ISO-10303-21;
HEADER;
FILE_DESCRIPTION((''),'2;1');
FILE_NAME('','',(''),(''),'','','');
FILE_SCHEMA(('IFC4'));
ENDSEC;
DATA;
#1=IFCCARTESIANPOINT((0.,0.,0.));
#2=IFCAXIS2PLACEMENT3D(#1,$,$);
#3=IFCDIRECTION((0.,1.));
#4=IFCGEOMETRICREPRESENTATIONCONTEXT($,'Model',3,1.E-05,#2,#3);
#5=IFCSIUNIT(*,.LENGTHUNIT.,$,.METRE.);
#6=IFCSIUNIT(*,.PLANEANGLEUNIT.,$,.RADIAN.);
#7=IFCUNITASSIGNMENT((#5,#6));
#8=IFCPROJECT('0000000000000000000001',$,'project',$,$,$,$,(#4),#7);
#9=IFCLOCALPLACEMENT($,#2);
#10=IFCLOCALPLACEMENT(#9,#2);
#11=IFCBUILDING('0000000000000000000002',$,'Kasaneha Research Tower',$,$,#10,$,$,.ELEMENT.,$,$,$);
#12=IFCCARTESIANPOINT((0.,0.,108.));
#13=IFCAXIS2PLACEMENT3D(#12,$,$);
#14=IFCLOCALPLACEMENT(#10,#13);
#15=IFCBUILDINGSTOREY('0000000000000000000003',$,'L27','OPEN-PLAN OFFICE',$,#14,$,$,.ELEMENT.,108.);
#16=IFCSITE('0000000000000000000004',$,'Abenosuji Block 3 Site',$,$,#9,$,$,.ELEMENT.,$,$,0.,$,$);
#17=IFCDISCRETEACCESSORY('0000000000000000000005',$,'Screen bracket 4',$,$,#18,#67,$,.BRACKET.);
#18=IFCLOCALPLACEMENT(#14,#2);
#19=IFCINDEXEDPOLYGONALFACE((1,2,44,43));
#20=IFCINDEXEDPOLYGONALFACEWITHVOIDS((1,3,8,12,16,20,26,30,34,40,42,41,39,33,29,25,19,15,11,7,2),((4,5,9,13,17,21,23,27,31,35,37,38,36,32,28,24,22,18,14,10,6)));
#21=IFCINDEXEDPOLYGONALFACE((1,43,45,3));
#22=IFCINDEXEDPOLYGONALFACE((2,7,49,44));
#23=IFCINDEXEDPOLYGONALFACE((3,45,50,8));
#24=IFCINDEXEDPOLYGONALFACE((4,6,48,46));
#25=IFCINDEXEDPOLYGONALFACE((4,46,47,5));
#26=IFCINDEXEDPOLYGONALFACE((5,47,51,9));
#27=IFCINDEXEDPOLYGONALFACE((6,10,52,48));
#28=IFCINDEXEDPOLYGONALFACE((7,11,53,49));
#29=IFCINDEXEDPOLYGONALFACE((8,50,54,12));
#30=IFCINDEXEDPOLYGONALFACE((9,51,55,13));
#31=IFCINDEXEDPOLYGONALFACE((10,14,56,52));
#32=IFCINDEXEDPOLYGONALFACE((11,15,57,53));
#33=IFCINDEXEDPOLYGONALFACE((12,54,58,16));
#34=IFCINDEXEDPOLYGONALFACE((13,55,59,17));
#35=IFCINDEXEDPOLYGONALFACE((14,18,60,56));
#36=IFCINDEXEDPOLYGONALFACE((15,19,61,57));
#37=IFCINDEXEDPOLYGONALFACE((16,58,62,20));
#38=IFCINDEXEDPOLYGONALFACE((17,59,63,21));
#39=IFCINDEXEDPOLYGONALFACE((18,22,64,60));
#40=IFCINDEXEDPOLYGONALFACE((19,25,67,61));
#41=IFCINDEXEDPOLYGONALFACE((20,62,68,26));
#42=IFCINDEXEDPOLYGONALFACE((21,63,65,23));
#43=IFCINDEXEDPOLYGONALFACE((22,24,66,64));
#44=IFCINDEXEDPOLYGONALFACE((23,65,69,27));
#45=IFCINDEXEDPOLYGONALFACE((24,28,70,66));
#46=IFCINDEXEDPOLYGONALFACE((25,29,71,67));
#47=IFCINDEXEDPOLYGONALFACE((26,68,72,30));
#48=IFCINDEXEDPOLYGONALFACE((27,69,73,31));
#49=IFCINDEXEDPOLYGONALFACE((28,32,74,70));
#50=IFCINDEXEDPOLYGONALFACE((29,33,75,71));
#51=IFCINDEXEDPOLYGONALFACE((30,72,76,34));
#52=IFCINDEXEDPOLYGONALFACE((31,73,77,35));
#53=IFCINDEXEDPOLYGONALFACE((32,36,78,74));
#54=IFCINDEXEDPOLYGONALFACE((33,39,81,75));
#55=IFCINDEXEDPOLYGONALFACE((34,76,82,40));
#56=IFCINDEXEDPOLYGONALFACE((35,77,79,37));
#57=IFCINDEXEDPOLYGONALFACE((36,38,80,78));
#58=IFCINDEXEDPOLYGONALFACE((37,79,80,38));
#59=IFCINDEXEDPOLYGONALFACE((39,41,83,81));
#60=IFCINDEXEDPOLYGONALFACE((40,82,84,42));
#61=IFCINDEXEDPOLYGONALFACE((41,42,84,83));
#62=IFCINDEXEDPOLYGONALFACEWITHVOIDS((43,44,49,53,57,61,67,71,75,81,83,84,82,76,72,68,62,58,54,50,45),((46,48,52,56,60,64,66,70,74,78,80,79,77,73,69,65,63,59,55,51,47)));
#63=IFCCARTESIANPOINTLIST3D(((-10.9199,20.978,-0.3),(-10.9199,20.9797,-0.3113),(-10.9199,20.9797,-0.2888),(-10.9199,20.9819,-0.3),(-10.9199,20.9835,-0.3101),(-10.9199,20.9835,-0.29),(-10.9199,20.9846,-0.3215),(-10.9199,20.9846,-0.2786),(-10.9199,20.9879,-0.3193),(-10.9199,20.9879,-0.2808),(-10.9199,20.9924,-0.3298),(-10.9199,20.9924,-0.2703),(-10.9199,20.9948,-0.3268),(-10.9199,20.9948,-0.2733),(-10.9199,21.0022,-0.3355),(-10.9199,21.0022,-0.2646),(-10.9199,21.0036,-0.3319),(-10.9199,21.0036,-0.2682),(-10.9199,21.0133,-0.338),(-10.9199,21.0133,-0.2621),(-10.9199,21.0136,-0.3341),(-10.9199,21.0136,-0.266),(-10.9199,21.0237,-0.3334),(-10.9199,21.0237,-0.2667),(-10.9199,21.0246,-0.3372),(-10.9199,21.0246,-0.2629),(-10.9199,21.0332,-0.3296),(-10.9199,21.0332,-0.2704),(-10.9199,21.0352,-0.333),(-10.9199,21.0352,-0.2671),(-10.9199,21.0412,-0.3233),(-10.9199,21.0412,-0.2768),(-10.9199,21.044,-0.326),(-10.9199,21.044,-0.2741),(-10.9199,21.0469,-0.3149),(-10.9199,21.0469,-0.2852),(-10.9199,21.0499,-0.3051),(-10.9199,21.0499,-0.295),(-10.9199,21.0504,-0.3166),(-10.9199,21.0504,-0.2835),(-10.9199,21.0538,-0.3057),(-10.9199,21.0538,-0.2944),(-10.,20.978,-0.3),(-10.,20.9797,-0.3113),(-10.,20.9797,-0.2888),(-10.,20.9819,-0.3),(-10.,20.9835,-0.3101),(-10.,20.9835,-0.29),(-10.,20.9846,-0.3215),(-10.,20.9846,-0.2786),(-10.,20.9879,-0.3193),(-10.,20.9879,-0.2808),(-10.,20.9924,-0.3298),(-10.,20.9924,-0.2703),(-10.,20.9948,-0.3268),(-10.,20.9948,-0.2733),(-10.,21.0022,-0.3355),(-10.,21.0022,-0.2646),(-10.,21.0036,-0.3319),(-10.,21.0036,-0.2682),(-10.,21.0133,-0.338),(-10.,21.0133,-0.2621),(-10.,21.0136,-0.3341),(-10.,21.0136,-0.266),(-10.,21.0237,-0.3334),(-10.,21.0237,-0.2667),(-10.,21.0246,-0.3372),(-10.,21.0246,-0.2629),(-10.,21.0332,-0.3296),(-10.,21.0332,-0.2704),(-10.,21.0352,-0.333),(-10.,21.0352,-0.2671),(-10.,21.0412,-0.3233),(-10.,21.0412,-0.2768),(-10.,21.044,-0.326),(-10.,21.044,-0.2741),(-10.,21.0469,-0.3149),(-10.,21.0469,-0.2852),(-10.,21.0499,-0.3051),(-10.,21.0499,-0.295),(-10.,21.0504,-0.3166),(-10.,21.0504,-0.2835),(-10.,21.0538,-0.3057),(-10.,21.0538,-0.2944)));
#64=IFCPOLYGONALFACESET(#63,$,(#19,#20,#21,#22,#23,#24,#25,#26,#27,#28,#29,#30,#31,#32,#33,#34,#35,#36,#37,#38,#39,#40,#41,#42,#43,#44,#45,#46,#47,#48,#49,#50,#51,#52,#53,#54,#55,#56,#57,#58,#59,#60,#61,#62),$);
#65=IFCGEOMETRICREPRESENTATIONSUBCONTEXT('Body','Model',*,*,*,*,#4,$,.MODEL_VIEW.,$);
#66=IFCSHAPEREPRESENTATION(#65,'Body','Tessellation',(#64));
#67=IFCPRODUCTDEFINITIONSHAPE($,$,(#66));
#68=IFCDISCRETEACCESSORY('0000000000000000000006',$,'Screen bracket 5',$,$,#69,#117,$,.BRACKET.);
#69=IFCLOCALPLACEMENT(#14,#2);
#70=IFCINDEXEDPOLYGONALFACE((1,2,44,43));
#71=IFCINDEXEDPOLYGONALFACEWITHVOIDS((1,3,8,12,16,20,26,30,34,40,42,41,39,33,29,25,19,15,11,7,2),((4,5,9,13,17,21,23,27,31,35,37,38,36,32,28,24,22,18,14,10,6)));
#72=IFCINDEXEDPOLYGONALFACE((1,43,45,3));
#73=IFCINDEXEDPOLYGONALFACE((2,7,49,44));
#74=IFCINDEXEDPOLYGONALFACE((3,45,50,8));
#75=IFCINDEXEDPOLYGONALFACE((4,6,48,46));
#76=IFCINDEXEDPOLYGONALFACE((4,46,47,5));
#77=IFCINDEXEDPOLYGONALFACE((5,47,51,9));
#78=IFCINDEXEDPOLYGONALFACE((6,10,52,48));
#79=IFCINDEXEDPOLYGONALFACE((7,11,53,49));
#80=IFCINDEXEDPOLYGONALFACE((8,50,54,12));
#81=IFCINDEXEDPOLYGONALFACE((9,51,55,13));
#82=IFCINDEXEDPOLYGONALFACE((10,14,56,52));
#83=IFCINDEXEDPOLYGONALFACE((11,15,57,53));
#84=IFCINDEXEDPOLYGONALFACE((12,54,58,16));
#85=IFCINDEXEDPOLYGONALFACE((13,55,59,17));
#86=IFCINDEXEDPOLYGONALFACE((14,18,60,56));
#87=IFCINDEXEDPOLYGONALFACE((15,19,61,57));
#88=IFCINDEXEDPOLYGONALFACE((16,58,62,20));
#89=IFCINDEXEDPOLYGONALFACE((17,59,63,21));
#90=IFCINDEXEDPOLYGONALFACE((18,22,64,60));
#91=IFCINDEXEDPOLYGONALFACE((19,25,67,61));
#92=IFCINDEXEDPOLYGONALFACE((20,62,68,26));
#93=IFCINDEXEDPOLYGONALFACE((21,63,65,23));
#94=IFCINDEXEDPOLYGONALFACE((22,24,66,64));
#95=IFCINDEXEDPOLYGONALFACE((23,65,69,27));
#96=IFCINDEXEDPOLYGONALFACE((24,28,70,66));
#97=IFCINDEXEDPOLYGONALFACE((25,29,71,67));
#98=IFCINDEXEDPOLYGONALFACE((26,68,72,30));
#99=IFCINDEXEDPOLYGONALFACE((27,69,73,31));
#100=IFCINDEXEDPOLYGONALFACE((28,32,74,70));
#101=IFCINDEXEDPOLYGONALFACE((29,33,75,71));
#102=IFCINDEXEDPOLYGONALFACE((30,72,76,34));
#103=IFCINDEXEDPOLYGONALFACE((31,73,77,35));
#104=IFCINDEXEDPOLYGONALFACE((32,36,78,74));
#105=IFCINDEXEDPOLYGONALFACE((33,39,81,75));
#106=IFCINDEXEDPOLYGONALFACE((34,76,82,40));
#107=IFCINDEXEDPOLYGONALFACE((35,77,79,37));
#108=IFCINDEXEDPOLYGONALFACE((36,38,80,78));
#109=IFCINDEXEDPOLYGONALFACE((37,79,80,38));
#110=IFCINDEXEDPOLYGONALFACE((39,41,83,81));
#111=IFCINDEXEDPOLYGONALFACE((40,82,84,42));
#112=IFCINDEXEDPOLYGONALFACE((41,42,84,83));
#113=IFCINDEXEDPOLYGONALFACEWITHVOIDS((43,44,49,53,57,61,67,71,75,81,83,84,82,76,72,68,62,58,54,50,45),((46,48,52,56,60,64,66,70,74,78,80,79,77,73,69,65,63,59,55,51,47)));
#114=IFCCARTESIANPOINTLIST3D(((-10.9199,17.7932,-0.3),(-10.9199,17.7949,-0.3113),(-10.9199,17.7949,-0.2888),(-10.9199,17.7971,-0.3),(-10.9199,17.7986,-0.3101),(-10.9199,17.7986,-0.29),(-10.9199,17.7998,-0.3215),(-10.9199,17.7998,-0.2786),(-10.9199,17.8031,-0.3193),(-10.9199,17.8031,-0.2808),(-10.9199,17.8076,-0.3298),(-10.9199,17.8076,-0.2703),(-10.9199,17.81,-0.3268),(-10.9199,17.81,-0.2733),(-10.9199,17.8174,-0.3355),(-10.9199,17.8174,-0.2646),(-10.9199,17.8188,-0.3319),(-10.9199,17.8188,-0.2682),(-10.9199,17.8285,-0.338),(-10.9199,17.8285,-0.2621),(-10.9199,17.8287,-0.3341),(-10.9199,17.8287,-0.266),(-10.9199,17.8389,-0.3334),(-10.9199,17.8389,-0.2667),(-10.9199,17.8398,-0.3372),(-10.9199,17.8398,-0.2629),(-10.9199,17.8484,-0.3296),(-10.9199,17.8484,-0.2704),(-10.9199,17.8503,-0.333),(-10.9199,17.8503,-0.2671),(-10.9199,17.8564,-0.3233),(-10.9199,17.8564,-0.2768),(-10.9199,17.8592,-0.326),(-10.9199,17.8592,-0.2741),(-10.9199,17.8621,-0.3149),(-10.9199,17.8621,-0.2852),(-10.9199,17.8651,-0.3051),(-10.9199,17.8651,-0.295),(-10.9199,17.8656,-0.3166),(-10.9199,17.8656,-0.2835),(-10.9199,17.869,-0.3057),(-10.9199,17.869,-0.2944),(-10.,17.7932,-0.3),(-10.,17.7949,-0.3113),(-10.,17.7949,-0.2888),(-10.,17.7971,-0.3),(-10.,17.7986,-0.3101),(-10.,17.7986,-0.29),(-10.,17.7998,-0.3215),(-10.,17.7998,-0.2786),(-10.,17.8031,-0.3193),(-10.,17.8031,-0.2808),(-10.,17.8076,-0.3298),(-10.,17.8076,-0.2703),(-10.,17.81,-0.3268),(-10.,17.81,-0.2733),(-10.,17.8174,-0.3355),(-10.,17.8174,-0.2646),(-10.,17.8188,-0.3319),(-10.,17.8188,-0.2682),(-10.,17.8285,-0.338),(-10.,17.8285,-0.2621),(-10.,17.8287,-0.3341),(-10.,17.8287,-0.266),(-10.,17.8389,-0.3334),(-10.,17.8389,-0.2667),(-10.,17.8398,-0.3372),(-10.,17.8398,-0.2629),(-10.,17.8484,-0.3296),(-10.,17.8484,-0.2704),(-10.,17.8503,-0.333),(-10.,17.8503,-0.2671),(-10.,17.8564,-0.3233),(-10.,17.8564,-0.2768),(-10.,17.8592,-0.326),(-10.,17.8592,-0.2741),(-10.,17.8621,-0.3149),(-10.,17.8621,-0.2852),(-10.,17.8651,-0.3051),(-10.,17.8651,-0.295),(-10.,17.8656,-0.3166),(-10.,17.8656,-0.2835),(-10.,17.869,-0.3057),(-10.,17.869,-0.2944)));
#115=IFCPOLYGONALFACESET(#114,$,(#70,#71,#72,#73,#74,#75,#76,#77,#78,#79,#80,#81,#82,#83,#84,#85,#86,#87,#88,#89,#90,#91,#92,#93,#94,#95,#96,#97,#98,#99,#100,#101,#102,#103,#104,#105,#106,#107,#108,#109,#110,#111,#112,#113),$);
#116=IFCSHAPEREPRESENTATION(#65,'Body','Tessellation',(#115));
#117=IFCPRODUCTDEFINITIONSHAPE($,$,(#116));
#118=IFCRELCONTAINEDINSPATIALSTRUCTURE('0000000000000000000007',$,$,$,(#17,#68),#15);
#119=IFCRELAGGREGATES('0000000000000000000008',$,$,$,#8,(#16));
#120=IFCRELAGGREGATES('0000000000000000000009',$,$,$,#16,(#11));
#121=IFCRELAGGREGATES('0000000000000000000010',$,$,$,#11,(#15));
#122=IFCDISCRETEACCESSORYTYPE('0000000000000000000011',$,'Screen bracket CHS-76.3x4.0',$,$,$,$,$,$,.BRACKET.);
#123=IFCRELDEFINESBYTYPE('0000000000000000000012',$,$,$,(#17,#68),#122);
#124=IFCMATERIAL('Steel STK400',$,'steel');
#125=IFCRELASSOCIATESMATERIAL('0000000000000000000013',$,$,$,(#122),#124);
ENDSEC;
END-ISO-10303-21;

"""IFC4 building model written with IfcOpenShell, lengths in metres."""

from ifc_helpers import new_model, si_unit, direction, frame, origin, origin_2d, place, context, subcontext, project, spatial, hollow_circle, extrude, material, material_profile, profile_set, type_object, element, save


model = new_model("IFC4")

# Units and contexts
model_context = context("Model", 3, precision=1e-05, world=origin(), true_north=direction((0.0, 1.0)))
body_context = subcontext(model_context, "Body", "Model", "MODEL_VIEW")
ifc_project = project(units=[si_unit("LENGTHUNIT", "METRE"), si_unit("PLANEANGLEUNIT", "RADIAN")], contexts=[model_context])

# Site, building, storey
site_placement = place(None, origin())
site = spatial("IfcSite", under=ifc_project, at=site_placement, Name="Abenosuji Block 3 Site", CompositionType="ELEMENT", RefElevation=0.0)
building_placement = place(site_placement, origin())
building = spatial("IfcBuilding", under=site, at=building_placement, Name="Kasaneha Research Tower", CompositionType="ELEMENT")
storey_placement = place(building_placement, frame((0.0, 0.0, 108.0)))
storey = spatial("IfcBuildingStorey", under=building, at=storey_placement, Name="L27", Description="OPEN-PLAN OFFICE", CompositionType="ELEMENT", Elevation=108.0)

# Discrete accessories
ifc_material_1 = material(Name="Steel STK400", Category="steel")
ifc_material_profile_1 = material_profile(ifc_material_1, hollow_circle(Radius=0.0381, WallThickness=0.0039, at=origin_2d()), Name="CHS-76.3x4.0")
ifc_profile_set_1 = profile_set([ifc_material_profile_1], Name="Steel STK400")
discrete_accessory_type = type_object("IfcDiscreteAccessoryType", Name="Screen bracket CHS-76.3x4.0", PredefinedType="BRACKET", material=ifc_profile_set_1)
for number, where, z_axis, x_axis, name in (
    (1, (-10.0, 21.0161, -0.3), (-1.0, 0.0, 0.0), (0.0, -1.0, 0.0), "Screen bracket 4"),
    (2, (-10.0, 17.8313, -0.3), (-1.0, 0.0, 0.0), (0.0, -1.0, 0.0), "Screen bracket 5"),
):
    element("IfcDiscreteAccessory", number, at=place(storey_placement, frame(where, z_axis=z_axis, x_axis=x_axis)), inside=storey, type_object=discrete_accessory_type, Name=name, PredefinedType="BRACKET", context=body_context, shape_type="SweptSolid", body=[
        extrude(hollow_circle(Radius=0.0381, WallThickness=0.0039, at=origin_2d()), origin(), (0.0, 0.0, 1.0), 0.9199),
    ])

save(model, "model.ifc")
